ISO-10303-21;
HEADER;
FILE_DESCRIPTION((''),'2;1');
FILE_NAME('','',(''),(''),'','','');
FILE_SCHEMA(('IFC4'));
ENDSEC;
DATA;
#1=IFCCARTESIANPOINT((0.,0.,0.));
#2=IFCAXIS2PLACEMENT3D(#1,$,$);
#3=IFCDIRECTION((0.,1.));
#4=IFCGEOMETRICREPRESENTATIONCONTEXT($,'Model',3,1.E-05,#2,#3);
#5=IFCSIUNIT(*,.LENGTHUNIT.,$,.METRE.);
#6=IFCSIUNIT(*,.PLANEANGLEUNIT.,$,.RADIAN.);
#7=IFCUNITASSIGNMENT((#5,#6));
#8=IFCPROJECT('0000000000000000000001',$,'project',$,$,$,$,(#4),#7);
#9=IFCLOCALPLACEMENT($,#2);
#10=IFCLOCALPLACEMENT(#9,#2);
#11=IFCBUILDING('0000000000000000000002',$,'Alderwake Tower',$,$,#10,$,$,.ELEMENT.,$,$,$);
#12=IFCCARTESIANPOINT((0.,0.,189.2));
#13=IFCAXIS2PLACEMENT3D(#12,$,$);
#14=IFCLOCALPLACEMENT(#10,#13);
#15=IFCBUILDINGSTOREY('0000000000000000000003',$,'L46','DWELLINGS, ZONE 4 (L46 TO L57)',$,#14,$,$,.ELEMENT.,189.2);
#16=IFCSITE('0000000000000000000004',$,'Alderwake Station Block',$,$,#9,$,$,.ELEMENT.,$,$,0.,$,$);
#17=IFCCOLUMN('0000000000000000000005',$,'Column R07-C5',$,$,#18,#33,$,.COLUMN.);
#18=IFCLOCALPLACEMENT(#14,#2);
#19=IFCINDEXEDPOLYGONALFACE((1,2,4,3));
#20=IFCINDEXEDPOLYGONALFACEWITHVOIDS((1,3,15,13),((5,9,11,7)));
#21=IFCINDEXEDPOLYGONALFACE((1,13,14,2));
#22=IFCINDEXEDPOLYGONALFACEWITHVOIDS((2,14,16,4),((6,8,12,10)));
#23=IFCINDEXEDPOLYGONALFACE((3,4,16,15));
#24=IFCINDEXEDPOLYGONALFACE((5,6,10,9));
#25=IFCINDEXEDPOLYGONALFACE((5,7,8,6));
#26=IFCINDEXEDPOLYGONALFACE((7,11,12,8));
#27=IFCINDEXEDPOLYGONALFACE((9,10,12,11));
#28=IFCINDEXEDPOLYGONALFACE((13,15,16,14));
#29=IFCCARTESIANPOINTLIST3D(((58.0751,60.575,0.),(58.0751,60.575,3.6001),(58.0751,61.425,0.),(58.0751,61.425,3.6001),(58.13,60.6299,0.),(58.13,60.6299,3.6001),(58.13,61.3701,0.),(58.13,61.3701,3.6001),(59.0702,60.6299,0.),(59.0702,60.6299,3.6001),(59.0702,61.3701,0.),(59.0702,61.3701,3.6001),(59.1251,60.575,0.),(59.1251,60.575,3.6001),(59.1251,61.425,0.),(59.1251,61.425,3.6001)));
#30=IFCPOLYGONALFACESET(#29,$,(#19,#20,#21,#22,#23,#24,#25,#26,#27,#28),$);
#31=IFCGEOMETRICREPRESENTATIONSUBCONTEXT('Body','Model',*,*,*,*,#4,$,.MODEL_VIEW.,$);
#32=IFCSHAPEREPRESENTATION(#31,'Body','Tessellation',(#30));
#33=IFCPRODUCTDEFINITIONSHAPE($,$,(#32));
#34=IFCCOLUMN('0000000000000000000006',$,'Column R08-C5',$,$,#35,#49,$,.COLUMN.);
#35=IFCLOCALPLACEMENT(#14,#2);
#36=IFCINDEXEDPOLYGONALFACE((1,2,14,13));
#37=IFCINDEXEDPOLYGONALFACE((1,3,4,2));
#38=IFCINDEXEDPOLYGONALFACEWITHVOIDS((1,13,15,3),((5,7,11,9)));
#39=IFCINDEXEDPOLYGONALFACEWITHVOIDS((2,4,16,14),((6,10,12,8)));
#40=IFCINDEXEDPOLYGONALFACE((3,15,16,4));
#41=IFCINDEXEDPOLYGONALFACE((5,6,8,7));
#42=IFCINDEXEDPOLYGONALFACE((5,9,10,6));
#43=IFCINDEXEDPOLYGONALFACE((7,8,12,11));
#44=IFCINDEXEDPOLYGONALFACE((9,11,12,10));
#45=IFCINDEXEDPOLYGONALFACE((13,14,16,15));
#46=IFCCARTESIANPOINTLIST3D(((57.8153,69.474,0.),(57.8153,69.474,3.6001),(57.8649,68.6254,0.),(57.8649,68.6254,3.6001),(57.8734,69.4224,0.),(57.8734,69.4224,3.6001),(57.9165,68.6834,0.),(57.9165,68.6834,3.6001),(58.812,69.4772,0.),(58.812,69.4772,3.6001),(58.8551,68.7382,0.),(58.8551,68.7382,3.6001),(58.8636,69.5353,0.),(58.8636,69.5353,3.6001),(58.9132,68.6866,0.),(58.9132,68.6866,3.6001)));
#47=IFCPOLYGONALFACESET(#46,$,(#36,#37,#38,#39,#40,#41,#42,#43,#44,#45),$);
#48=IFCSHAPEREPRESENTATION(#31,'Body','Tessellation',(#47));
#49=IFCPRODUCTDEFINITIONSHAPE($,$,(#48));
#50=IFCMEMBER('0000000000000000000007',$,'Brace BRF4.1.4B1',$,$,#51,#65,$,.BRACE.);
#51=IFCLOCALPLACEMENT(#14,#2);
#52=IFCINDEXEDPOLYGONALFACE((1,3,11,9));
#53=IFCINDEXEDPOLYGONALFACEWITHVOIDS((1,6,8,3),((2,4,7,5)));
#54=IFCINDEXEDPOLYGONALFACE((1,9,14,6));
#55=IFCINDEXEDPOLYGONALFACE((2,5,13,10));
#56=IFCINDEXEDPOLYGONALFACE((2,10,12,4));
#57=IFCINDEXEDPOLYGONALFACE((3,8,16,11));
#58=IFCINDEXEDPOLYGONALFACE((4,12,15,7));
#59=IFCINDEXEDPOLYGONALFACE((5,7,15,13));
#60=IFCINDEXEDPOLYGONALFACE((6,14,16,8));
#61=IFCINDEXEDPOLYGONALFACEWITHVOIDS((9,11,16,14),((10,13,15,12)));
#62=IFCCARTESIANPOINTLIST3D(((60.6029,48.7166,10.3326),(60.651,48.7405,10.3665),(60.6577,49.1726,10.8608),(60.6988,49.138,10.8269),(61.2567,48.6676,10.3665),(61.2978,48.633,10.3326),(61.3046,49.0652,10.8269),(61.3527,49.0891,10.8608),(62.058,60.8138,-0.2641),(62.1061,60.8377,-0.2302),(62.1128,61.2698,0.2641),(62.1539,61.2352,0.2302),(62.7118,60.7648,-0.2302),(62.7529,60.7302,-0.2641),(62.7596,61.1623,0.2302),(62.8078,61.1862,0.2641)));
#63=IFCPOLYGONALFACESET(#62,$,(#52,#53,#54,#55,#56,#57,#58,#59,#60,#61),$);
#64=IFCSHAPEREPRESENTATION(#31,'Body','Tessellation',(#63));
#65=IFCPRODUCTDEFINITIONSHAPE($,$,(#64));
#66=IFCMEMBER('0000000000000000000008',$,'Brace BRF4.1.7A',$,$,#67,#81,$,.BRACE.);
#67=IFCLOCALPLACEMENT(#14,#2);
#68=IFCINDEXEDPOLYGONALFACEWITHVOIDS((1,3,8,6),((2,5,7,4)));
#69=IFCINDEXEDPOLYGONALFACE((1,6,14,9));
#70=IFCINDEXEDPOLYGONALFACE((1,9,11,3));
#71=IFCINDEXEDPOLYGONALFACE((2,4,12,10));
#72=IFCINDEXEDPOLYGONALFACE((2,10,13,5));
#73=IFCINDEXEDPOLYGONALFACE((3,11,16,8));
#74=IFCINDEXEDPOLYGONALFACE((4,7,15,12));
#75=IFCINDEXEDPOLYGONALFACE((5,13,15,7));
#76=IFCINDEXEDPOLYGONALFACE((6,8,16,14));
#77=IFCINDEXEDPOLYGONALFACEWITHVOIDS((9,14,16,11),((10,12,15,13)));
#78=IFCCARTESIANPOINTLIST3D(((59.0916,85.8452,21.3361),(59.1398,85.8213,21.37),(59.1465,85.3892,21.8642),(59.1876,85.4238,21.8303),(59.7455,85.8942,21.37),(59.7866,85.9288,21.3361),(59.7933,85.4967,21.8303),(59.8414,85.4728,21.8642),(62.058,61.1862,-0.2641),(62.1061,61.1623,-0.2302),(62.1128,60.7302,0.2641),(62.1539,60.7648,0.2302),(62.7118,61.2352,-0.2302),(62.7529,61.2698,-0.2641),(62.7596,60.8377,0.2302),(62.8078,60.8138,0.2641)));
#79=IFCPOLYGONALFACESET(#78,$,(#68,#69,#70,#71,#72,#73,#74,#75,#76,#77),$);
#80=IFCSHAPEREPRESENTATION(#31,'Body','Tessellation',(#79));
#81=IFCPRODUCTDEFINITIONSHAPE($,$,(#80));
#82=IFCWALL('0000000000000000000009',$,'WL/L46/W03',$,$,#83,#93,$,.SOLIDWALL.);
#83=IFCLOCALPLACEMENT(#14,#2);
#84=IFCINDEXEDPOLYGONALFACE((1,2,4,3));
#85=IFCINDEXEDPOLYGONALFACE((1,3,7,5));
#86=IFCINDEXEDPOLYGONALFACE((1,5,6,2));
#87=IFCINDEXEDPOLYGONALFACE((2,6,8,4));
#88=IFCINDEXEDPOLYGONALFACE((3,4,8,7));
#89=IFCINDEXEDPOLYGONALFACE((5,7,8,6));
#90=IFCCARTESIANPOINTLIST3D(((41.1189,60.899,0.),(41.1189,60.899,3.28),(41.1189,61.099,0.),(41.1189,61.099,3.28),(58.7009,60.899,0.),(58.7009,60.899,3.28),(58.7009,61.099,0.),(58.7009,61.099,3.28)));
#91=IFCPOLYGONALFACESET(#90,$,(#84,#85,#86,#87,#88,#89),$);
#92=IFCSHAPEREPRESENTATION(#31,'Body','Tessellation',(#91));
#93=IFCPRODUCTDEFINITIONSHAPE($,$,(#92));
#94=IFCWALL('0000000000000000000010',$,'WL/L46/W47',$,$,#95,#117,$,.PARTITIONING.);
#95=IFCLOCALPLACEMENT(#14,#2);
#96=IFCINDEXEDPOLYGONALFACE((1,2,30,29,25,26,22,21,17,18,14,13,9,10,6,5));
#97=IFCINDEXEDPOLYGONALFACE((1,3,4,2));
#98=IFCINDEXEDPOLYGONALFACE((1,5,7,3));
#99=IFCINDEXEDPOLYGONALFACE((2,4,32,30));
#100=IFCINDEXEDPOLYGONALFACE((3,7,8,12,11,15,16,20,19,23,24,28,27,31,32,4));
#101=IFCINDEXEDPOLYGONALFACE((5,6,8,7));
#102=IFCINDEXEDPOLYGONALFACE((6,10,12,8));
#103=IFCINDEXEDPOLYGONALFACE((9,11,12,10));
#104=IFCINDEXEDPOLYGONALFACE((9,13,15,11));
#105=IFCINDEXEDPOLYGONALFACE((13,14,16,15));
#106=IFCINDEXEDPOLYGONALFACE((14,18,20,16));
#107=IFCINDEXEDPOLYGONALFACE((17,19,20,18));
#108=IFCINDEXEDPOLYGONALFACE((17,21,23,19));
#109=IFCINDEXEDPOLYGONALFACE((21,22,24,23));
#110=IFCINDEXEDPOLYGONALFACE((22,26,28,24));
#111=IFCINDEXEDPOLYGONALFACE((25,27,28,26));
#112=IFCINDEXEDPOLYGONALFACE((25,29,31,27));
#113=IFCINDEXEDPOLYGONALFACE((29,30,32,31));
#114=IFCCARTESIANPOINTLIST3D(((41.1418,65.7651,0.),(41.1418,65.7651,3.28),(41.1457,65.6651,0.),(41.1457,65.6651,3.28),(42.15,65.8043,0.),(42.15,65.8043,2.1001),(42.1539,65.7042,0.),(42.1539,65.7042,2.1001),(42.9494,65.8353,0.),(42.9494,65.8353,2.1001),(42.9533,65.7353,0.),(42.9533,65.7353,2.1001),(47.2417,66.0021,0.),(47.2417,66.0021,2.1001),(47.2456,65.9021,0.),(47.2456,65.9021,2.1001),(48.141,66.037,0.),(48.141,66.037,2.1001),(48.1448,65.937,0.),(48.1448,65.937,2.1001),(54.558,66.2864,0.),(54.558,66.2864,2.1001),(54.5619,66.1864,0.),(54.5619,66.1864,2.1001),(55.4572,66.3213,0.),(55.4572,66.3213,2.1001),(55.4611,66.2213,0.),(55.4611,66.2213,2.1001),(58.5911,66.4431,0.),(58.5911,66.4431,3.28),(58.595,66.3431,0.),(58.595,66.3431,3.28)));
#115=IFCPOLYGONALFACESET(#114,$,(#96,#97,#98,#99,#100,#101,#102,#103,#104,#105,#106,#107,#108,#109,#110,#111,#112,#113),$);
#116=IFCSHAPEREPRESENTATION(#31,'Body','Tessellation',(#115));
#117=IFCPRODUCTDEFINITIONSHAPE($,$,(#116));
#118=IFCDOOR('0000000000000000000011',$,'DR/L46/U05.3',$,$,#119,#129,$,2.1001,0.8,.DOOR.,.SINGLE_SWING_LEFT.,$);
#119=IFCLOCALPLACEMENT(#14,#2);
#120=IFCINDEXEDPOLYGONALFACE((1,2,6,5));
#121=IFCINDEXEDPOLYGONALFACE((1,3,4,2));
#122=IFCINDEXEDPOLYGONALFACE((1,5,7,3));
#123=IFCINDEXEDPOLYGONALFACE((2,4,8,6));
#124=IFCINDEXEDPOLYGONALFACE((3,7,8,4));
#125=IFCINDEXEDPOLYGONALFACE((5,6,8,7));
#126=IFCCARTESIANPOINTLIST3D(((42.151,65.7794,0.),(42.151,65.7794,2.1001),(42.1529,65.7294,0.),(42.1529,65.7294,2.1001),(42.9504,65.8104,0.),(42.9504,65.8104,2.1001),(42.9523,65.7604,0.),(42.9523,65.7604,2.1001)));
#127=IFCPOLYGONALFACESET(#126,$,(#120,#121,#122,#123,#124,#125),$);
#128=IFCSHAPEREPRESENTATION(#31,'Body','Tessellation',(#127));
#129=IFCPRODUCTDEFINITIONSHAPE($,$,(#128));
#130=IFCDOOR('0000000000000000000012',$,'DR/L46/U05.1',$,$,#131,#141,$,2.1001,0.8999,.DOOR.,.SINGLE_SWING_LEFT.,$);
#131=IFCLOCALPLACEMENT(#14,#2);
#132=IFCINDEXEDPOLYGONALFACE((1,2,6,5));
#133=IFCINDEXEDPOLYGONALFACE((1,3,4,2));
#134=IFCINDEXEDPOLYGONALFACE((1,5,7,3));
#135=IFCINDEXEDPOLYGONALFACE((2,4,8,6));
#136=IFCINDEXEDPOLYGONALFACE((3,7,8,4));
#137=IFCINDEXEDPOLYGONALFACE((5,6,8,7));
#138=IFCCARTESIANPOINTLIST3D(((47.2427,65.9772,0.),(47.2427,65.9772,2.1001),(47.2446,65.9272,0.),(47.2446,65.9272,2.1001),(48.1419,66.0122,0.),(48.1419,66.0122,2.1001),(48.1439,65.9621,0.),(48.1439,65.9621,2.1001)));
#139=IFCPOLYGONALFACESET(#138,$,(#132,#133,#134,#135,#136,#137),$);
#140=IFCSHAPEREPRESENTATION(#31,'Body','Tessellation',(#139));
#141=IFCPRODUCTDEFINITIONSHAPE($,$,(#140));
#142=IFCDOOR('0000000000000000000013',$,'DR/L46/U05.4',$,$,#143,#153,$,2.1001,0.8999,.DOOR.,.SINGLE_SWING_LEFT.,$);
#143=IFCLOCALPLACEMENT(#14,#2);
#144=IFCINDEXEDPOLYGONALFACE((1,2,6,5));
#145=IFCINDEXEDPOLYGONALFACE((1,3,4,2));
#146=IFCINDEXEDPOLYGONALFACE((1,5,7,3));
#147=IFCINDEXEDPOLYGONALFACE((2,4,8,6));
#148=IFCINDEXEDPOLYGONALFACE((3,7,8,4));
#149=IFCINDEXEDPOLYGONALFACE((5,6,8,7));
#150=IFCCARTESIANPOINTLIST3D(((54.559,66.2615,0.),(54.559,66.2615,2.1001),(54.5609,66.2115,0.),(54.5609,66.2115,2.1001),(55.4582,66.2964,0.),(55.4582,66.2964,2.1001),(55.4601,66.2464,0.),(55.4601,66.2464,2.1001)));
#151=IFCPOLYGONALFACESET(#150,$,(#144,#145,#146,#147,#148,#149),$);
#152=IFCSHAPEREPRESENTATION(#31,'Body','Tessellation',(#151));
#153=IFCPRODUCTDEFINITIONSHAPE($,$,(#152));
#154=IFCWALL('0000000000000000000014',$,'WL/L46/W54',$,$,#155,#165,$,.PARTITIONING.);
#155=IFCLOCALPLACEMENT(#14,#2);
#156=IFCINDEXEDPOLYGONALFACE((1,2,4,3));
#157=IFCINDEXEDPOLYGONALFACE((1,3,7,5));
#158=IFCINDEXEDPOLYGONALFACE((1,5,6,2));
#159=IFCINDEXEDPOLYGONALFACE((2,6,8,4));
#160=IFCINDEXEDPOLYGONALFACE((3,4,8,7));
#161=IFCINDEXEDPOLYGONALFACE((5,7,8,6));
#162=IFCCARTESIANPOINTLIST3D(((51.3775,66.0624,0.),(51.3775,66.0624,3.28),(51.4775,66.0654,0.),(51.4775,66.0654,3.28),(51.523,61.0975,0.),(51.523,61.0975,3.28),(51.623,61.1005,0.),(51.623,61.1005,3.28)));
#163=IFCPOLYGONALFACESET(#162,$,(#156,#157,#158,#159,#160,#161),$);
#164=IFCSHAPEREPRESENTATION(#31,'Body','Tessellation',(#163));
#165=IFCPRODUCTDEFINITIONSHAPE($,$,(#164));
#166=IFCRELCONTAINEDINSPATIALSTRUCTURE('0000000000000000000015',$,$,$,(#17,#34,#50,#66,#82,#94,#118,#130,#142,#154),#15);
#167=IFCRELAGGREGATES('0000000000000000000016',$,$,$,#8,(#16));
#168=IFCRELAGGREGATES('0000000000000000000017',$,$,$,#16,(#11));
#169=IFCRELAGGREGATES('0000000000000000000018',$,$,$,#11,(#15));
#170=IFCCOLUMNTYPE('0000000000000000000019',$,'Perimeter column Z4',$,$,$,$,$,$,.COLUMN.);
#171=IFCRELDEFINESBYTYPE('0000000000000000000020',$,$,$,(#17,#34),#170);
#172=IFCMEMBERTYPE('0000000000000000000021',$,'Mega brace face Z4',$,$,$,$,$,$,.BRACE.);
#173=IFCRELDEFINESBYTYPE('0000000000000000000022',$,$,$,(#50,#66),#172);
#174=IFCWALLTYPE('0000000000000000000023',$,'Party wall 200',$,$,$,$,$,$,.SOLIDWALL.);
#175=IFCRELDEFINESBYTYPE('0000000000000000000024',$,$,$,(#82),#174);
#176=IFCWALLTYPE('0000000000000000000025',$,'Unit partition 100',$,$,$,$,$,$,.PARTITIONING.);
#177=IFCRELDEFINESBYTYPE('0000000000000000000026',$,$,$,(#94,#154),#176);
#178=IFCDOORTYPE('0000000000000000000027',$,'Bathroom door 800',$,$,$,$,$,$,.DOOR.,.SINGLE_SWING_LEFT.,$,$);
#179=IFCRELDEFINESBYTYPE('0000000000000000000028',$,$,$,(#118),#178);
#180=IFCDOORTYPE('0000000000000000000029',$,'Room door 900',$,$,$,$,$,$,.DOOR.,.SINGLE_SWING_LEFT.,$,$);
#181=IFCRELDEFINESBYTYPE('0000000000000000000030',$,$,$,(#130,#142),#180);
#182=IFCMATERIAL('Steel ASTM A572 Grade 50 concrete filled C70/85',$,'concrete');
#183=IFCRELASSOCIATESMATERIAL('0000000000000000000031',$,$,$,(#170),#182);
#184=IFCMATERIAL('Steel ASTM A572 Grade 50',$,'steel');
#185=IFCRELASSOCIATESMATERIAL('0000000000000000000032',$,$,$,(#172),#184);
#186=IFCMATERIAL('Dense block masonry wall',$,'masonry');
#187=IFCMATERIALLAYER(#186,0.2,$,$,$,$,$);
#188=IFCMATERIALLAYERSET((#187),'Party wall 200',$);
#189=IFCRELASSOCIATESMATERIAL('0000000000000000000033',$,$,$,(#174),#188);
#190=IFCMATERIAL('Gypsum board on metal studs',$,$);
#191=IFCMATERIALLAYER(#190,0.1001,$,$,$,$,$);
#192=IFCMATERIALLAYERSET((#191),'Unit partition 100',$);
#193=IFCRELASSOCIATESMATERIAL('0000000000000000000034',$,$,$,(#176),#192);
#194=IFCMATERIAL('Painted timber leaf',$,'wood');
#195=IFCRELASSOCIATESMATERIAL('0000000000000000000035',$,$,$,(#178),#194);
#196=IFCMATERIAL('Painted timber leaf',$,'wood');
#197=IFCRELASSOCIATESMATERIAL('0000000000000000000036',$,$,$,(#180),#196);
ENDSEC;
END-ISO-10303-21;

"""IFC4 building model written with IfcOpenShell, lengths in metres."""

from ifc_helpers import new_model, si_unit, direction, frame, frame_2d, origin, origin_2d, place, context, subcontext, project, spatial, rectangle, hollow_rectangle, extrude, material, layer, layer_set, material_profile, profile_set, type_object, element, fill, save


model = new_model("IFC4")

# Units and contexts
model_context = context("Model", 3, precision=1e-05, world=origin(), true_north=direction((0.0, 1.0)))
body_context = subcontext(model_context, "Body", "Model", "MODEL_VIEW")
ifc_project = project(units=[si_unit("LENGTHUNIT", "METRE"), si_unit("PLANEANGLEUNIT", "RADIAN")], contexts=[model_context])

# Site, building, storey
site_placement = place(None, origin())
site = spatial("IfcSite", under=ifc_project, at=site_placement, Name="Alderwake Station Block", CompositionType="ELEMENT", RefElevation=0.0)
building_placement = place(site_placement, origin())
building = spatial("IfcBuilding", under=site, at=building_placement, Name="Alderwake Tower", CompositionType="ELEMENT")
storey_placement = place(building_placement, frame((0.0, 0.0, 189.2)))
storey = spatial("IfcBuildingStorey", under=building, at=storey_placement, Name="L46", Description="DWELLINGS, ZONE 4 (L46 TO L57)", CompositionType="ELEMENT", Elevation=189.2)

# Columns
ifc_material_1 = material(Name="Steel ASTM A572 Grade 50 concrete filled C70/85", Category="concrete")
ifc_material_profile_1 = material_profile(ifc_material_1, hollow_rectangle(XDim=0.8501, YDim=1.05, WallThickness=0.0549, at=origin_2d()), Name="BOX 1050X850X55")
ifc_profile_set_1 = profile_set([ifc_material_profile_1], Name="Steel ASTM A572 Grade 50 concrete filled C70/85")
column_type = type_object("IfcColumnType", Name="Perimeter column Z4", PredefinedType="COLUMN", material=ifc_profile_set_1)
for number, where, z_axis, x_axis, name in (
    (1, (58.6001, 61.0, 0.0), (0.0, 0.0, 1.0), (0.0, 1.0, 0.0), "Column R07-C5"),
    (2, (58.3643, 69.0803, 0.0), (0.0, 0.0, 1.0), (-0.058299, 0.998299, 0.0), "Column R08-C5"),
):
    element("IfcColumn", number, at=place(storey_placement, frame(where, z_axis=z_axis, x_axis=x_axis)), inside=storey, type_object=column_type, Name=name, PredefinedType="COLUMN", context=body_context, shape_type="SweptSolid", body=[
        extrude(hollow_rectangle(XDim=0.8501, YDim=1.05, WallThickness=0.0549, at=origin_2d()), origin(), (0.0, 0.0, 1.0), 3.6001),
    ])

# Members
ifc_material_2 = material(Name="Steel ASTM A572 Grade 50", Category="steel")
ifc_material_profile_2 = material_profile(ifc_material_2, hollow_rectangle(XDim=0.7, YDim=0.7, WallThickness=0.0449, at=origin_2d()), Name="BOX 700X700X45")
ifc_profile_set_2 = profile_set([ifc_material_profile_2], Name="Steel ASTM A572 Grade 50")
member_type = type_object("IfcMemberType", Name="Mega brace face Z4", PredefinedType="BRACE", material=ifc_profile_set_2)
member_1_placement = place(storey_placement, frame((62.4329, 61.0, 0.0), z_axis=(-0.090111, -0.749157, 0.656234), x_axis=(0.992844, -0.119422, 0.0)))
element("IfcMember", 3, at=member_1_placement, inside=storey, type_object=member_type, Name="Brace BRF4.1.4B1", PredefinedType="BRACE", context=body_context, shape_type="SweptSolid", body=[
    extrude(hollow_rectangle(XDim=0.7, YDim=0.7, WallThickness=0.0449, at=origin_2d()), origin(), (0.0, 0.0, 1.0), 16.1477),
])
member_2_placement = place(storey_placement, frame((62.4329, 61.0, 0.0), z_axis=(-0.090119, 0.74916, 0.65623), x_axis=(-0.992842, -0.119432, 0.0)))
element("IfcMember", 4, at=member_2_placement, inside=storey, type_object=member_type, Name="Brace BRF4.1.7A", PredefinedType="BRACE", context=body_context, shape_type="SweptSolid", body=[
    extrude(hollow_rectangle(XDim=0.7, YDim=0.7, WallThickness=0.0449, at=origin_2d()), origin(), (0.0, 0.0, 1.0), 32.9155),
])

# Wall
ifc_material_3 = material(Name="Dense block masonry wall", Category="masonry")
ifc_layer_1 = layer(ifc_material_3, 0.2)
ifc_layer_set_1 = layer_set([ifc_layer_1], Name="Party wall 200")
wall_type_1 = type_object("IfcWallType", Name="Party wall 200", PredefinedType="SOLIDWALL", material=ifc_layer_set_1)
wall_1_placement = place(storey_placement, frame((58.7009, 60.999, 0.0), z_axis=(0.0, 0.0, 1.0), x_axis=(-1.0, 0.0, 0.0)))
element("IfcWall", 5, at=wall_1_placement, inside=storey, type_object=wall_type_1, Name="WL/L46/W03", PredefinedType="SOLIDWALL", context=body_context, shape_type="SweptSolid", body=[
    extrude(rectangle(XDim=17.582, YDim=0.2, at=frame_2d((8.791, 0.0))), origin(), (0.0, 0.0, 1.0), 3.28),
])

# Wall, openings, doors
ifc_material_4 = material(Name="Gypsum board on metal studs")
ifc_layer_2 = layer(ifc_material_4, 0.1001)
ifc_layer_set_2 = layer_set([ifc_layer_2], Name="Unit partition 100")
wall_type_2 = type_object("IfcWallType", Name="Unit partition 100", PredefinedType="PARTITIONING", material=ifc_layer_set_2)
wall_2_placement = place(storey_placement, frame((58.593, 66.3931, 0.0), z_axis=(0.0, 0.0, 1.0), x_axis=(-0.999246, -0.038825, 0.0)))
wall_2 = element("IfcWall", 6, at=wall_2_placement, inside=storey, type_object=wall_type_2, Name="WL/L46/W47", PredefinedType="PARTITIONING", context=body_context, shape_type="SweptSolid", body=[
    extrude(rectangle(XDim=17.4624, YDim=0.1001, at=frame_2d((8.7312, 0.0))), origin(), (0.0, 0.0, 1.0), 3.28),
])
opening_1_placement = place(wall_2_placement, frame((10.458, 0.0, 0.0)))
opening_1 = element("IfcOpeningElement", 7, at=opening_1_placement, cuts=wall_2, PredefinedType="OPENING", context=body_context, shape_type="SweptSolid", body=[
    extrude(rectangle(XDim=0.8999, YDim=2.1001, at=frame_2d((0.45, 1.05))), frame((0.0, 0.0601, 0.0), z_axis=(0.0, -1.0, 0.0), x_axis=(1.0, 0.0, 0.0)), (0.0, 0.0, 1.0), 0.1201),
])
opening_2_placement = place(wall_2_placement, frame((15.6536, 0.0, 0.0)))
opening_2 = element("IfcOpeningElement", 8, at=opening_2_placement, cuts=wall_2, PredefinedType="OPENING", context=body_context, shape_type="SweptSolid", body=[
    extrude(rectangle(XDim=0.8, YDim=2.1001, at=frame_2d((0.3999, 1.05))), frame((0.0, 0.0601, 0.0), z_axis=(0.0, -1.0, 0.0), x_axis=(1.0, 0.0, 0.0)), (0.0, 0.0, 1.0), 0.1201),
])
opening_3_placement = place(wall_2_placement, frame((3.1362, 0.0, 0.0)))
opening_3 = element("IfcOpeningElement", 9, at=opening_3_placement, cuts=wall_2, PredefinedType="OPENING", context=body_context, shape_type="SweptSolid", body=[
    extrude(rectangle(XDim=0.8999, YDim=2.1001, at=frame_2d((0.45, 1.05))), frame((0.0, 0.0601, 0.0), z_axis=(0.0, -1.0, 0.0), x_axis=(1.0, 0.0, 0.0)), (0.0, 0.0, 1.0), 0.1201),
])
ifc_material_5 = material(Name="Painted timber leaf", Category="wood")
door_type_1 = type_object("IfcDoorType", Name="Bathroom door 800", OperationType="SINGLE_SWING_LEFT", PredefinedType="DOOR", material=ifc_material_5)
door_1_placement = place(opening_2_placement, origin())
door_1 = element("IfcDoor", 10, at=door_1_placement, inside=storey, type_object=door_type_1, Name="DR/L46/U05.3", OperationType="SINGLE_SWING_LEFT", OverallHeight=2.1001, OverallWidth=0.8, PredefinedType="DOOR", context=body_context, shape_type="SweptSolid", body=[
    extrude(rectangle(XDim=0.8, YDim=2.1001, at=frame_2d((0.3999, 1.05))), frame((0.0, 0.0249, 0.0), z_axis=(0.0, -1.0, 0.0), x_axis=(1.0, 0.0, 0.0)), (0.0, 0.0, 1.0), 0.05),
])
fill(opening_2, door_1)
ifc_material_6 = material(Name="Painted timber leaf", Category="wood")
door_type_2 = type_object("IfcDoorType", Name="Room door 900", OperationType="SINGLE_SWING_LEFT", PredefinedType="DOOR", material=ifc_material_6)
door_2_placement = place(opening_1_placement, origin())
door_2 = element("IfcDoor", 11, at=door_2_placement, inside=storey, type_object=door_type_2, Name="DR/L46/U05.1", OperationType="SINGLE_SWING_LEFT", OverallHeight=2.1001, OverallWidth=0.8999, PredefinedType="DOOR", context=body_context, shape_type="SweptSolid", body=[
    extrude(rectangle(XDim=0.8999, YDim=2.1001, at=frame_2d((0.45, 1.05))), frame((0.0, 0.0249, 0.0), z_axis=(0.0, -1.0, 0.0), x_axis=(1.0, 0.0, 0.0)), (0.0, 0.0, 1.0), 0.05),
])
fill(opening_1, door_2)
door_3_placement = place(opening_3_placement, origin())
door_3 = element("IfcDoor", 12, at=door_3_placement, inside=storey, type_object=door_type_2, Name="DR/L46/U05.4", OperationType="SINGLE_SWING_LEFT", OverallHeight=2.1001, OverallWidth=0.8999, PredefinedType="DOOR", context=body_context, shape_type="SweptSolid", body=[
    extrude(rectangle(XDim=0.8999, YDim=2.1001, at=frame_2d((0.45, 1.05))), frame((0.0, 0.0249, 0.0), z_axis=(0.0, -1.0, 0.0), x_axis=(1.0, 0.0, 0.0)), (0.0, 0.0, 1.0), 0.05),
])
fill(opening_3, door_3)

# Wall
wall_3_placement = place(storey_placement, frame((51.573, 61.0991, 0.0), z_axis=(0.0, 0.0, 1.0), x_axis=(-0.029295, 0.999571, 0.0)))
element("IfcWall", 13, at=wall_3_placement, inside=storey, type_object=wall_type_2, Name="WL/L46/W54", PredefinedType="PARTITIONING", context=body_context, shape_type="SweptSolid", body=[
    extrude(rectangle(XDim=4.967, YDim=0.1001, at=frame_2d((2.4834, 0.0))), origin(), (0.0, 0.0, 1.0), 3.28),
])

save(model, "model.ifc")
